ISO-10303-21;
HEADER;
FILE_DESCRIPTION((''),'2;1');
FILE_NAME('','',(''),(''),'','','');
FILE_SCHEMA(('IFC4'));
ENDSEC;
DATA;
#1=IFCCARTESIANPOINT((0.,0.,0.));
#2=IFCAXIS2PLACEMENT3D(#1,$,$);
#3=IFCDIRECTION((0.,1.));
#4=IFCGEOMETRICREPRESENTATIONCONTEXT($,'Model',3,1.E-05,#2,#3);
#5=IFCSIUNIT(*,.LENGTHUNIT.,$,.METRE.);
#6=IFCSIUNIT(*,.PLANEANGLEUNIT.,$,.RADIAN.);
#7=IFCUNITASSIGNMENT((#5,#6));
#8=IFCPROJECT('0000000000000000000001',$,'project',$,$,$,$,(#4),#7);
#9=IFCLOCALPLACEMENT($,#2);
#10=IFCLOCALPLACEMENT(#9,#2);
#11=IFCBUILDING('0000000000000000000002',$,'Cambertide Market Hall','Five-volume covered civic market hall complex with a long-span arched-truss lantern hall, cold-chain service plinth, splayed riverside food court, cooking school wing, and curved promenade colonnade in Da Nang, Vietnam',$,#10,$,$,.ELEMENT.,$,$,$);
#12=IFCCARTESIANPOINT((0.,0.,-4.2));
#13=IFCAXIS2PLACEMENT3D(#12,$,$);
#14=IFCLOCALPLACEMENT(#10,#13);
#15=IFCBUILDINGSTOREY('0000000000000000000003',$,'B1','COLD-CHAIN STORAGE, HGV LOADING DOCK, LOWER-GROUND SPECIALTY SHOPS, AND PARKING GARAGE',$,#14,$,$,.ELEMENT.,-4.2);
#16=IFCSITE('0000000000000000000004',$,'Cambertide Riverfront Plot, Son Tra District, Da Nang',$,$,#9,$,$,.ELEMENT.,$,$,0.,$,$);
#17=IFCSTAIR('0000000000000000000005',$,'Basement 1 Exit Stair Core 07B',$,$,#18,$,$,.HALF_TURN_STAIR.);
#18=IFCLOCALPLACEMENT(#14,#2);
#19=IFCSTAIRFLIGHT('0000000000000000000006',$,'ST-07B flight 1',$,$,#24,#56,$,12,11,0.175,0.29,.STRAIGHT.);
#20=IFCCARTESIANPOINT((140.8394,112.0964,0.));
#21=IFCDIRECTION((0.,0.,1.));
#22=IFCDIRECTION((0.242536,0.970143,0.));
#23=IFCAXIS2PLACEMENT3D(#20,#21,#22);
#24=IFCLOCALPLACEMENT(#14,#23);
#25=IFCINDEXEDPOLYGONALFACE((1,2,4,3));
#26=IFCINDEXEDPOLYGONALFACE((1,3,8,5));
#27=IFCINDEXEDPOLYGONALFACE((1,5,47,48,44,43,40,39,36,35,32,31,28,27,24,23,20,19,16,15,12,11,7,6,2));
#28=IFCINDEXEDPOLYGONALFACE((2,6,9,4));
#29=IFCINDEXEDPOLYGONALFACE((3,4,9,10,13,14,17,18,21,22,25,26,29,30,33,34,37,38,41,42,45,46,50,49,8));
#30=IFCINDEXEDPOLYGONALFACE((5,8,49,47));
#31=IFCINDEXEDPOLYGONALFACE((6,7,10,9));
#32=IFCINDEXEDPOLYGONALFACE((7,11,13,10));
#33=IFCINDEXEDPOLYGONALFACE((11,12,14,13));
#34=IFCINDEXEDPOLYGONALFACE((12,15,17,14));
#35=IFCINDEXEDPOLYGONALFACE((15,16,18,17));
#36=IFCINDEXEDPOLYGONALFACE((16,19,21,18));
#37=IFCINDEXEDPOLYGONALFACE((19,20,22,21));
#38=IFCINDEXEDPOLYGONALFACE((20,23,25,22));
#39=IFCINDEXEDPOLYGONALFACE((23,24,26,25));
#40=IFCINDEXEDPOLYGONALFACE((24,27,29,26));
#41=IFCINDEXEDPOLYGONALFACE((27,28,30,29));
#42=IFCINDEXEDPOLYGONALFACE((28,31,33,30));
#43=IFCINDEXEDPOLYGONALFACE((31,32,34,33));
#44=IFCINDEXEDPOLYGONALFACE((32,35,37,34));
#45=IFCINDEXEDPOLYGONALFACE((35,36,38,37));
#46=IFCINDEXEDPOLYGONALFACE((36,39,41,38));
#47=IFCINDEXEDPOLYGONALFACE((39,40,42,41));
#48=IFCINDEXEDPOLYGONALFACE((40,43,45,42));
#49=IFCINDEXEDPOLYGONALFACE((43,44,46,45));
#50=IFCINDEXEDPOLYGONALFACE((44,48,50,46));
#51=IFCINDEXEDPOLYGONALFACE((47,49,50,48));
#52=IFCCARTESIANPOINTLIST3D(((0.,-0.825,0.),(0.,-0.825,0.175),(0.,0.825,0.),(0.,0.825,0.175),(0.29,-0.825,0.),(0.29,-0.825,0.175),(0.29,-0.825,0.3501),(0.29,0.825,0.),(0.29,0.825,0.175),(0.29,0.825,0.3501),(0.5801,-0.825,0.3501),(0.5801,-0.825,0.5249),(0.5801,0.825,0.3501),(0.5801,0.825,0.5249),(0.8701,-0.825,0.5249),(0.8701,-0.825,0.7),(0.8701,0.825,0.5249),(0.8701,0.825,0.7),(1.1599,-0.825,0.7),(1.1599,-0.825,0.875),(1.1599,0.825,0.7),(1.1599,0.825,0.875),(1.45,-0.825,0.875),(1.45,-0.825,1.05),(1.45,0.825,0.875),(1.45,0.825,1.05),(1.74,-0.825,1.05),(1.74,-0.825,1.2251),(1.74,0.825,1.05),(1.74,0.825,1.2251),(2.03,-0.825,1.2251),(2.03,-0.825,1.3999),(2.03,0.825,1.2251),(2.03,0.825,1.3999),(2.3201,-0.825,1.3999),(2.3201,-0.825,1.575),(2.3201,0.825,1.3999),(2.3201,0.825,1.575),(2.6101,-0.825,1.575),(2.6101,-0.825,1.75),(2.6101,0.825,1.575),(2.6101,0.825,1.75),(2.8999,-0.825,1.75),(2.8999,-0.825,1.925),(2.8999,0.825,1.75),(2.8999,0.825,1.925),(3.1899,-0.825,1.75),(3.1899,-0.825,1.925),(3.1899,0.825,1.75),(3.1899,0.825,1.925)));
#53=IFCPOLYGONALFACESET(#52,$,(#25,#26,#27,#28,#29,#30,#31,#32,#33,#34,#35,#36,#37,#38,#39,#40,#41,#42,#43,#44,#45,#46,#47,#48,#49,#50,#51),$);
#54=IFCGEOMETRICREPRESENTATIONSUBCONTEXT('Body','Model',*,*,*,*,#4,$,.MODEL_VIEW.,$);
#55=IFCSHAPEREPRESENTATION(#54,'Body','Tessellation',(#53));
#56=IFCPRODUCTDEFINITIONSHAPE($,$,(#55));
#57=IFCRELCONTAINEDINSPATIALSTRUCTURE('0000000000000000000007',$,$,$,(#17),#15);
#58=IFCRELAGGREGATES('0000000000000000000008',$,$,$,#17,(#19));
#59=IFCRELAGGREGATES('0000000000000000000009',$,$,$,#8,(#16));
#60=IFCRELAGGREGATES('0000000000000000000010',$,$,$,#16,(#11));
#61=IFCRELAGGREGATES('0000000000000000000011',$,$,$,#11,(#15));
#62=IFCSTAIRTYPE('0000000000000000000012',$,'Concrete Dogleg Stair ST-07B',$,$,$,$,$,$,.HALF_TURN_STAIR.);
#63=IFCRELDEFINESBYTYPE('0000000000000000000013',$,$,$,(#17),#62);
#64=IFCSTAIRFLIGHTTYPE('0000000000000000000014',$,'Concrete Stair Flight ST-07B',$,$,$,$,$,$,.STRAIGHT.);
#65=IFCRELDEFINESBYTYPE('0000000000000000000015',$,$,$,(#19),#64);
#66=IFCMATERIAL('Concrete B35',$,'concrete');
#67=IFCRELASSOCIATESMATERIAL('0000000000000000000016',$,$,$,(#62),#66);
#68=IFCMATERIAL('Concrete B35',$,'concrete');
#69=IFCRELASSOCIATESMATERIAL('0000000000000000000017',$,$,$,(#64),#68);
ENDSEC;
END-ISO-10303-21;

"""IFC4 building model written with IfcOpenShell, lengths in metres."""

from ifc_helpers import new_model, si_unit, direction, frame, origin, place, context, subcontext, project, spatial, polyline, outline, extrude, material, type_object, element, aggregate, save


model = new_model("IFC4")

# Units and contexts
model_context = context("Model", 3, precision=1e-05, world=origin(), true_north=direction((0.0, 1.0)))
body_context = subcontext(model_context, "Body", "Model", "MODEL_VIEW")
ifc_project = project(units=[si_unit("LENGTHUNIT", "METRE"), si_unit("PLANEANGLEUNIT", "RADIAN")], contexts=[model_context])

# Site, building, storey
site_placement = place(None, origin())
site = spatial("IfcSite", under=ifc_project, at=site_placement, Name="Cambertide Riverfront Plot, Son Tra District, Da Nang", CompositionType="ELEMENT", RefElevation=0.0)
building_placement = place(site_placement, origin())
building = spatial("IfcBuilding", under=site, at=building_placement, Name="Cambertide Market Hall", Description="Five-volume covered civic market hall complex with a long-span arched-truss lantern hall, cold-chain service plinth, splayed riverside food court, cooking school wing, and curved promenade colonnade in Da Nang, Vietnam", CompositionType="ELEMENT")
storey_placement = place(building_placement, frame((0.0, 0.0, -4.2)))
storey = spatial("IfcBuildingStorey", under=building, at=storey_placement, Name="B1", Description="COLD-CHAIN STORAGE, HGV LOADING DOCK, LOWER-GROUND SPECIALTY SHOPS, AND PARKING GARAGE", CompositionType="ELEMENT", Elevation=-4.2)

# Stair, stair flight
ifc_material_1 = material(Name="Concrete B35", Category="concrete")
stair_type = type_object("IfcStairType", Name="Concrete Dogleg Stair ST-07B", PredefinedType="HALF_TURN_STAIR", material=ifc_material_1)
stair_placement = place(storey_placement, origin())
stair = element("IfcStair", 1, at=stair_placement, inside=storey, type_object=stair_type, Name="Basement 1 Exit Stair Core 07B", PredefinedType="HALF_TURN_STAIR")
ifc_material_2 = material(Name="Concrete B35", Category="concrete")
stair_flight_type = type_object("IfcStairFlightType", Name="Concrete Stair Flight ST-07B", PredefinedType="STRAIGHT", material=ifc_material_2)
stair_flight_placement = place(storey_placement, frame((140.8394, 112.0964, 0.0), z_axis=(0.0, 0.0, 1.0), x_axis=(0.242536, 0.970143, 0.0)))
stair_flight = element("IfcStairFlight", 2, at=stair_flight_placement, type_object=stair_flight_type, Name="ST-07B flight 1", NumberOfRisers=12, NumberOfTreads=11, PredefinedType="STRAIGHT", RiserHeight=0.175, TreadLength=0.29, context=body_context, shape_type="SweptSolid", body=[
    extrude(outline(polyline([(0.0, 0.0), (0.0, 0.175), (0.29, 0.175), (0.29, 0.3501), (0.5801, 0.3501), (0.5801, 0.5249), (0.8701, 0.5249), (0.8701, 0.7), (1.1599, 0.7), (1.1599, 0.875), (1.45, 0.875), (1.45, 1.05), (1.74, 1.05), (1.74, 1.2251), (2.03, 1.2251), (2.03, 1.3999), (2.3201, 1.3999), (2.3201, 1.575), (2.6101, 1.575), (2.6101, 1.75), (2.8999, 1.75), (2.8999, 1.925), (3.1899, 1.925), (3.1899, 2.1001), (3.1899, 1.75), (0.29, 0.0), (0.0, 0.0)])), frame((0.0, 0.825, 0.0), z_axis=(0.0, -1.0, 0.0), x_axis=(1.0, 0.0, 0.0)), (0.0, 0.0, 1.0), 1.6499),
])
aggregate(stair, [stair_flight])

save(model, "model.ifc")
